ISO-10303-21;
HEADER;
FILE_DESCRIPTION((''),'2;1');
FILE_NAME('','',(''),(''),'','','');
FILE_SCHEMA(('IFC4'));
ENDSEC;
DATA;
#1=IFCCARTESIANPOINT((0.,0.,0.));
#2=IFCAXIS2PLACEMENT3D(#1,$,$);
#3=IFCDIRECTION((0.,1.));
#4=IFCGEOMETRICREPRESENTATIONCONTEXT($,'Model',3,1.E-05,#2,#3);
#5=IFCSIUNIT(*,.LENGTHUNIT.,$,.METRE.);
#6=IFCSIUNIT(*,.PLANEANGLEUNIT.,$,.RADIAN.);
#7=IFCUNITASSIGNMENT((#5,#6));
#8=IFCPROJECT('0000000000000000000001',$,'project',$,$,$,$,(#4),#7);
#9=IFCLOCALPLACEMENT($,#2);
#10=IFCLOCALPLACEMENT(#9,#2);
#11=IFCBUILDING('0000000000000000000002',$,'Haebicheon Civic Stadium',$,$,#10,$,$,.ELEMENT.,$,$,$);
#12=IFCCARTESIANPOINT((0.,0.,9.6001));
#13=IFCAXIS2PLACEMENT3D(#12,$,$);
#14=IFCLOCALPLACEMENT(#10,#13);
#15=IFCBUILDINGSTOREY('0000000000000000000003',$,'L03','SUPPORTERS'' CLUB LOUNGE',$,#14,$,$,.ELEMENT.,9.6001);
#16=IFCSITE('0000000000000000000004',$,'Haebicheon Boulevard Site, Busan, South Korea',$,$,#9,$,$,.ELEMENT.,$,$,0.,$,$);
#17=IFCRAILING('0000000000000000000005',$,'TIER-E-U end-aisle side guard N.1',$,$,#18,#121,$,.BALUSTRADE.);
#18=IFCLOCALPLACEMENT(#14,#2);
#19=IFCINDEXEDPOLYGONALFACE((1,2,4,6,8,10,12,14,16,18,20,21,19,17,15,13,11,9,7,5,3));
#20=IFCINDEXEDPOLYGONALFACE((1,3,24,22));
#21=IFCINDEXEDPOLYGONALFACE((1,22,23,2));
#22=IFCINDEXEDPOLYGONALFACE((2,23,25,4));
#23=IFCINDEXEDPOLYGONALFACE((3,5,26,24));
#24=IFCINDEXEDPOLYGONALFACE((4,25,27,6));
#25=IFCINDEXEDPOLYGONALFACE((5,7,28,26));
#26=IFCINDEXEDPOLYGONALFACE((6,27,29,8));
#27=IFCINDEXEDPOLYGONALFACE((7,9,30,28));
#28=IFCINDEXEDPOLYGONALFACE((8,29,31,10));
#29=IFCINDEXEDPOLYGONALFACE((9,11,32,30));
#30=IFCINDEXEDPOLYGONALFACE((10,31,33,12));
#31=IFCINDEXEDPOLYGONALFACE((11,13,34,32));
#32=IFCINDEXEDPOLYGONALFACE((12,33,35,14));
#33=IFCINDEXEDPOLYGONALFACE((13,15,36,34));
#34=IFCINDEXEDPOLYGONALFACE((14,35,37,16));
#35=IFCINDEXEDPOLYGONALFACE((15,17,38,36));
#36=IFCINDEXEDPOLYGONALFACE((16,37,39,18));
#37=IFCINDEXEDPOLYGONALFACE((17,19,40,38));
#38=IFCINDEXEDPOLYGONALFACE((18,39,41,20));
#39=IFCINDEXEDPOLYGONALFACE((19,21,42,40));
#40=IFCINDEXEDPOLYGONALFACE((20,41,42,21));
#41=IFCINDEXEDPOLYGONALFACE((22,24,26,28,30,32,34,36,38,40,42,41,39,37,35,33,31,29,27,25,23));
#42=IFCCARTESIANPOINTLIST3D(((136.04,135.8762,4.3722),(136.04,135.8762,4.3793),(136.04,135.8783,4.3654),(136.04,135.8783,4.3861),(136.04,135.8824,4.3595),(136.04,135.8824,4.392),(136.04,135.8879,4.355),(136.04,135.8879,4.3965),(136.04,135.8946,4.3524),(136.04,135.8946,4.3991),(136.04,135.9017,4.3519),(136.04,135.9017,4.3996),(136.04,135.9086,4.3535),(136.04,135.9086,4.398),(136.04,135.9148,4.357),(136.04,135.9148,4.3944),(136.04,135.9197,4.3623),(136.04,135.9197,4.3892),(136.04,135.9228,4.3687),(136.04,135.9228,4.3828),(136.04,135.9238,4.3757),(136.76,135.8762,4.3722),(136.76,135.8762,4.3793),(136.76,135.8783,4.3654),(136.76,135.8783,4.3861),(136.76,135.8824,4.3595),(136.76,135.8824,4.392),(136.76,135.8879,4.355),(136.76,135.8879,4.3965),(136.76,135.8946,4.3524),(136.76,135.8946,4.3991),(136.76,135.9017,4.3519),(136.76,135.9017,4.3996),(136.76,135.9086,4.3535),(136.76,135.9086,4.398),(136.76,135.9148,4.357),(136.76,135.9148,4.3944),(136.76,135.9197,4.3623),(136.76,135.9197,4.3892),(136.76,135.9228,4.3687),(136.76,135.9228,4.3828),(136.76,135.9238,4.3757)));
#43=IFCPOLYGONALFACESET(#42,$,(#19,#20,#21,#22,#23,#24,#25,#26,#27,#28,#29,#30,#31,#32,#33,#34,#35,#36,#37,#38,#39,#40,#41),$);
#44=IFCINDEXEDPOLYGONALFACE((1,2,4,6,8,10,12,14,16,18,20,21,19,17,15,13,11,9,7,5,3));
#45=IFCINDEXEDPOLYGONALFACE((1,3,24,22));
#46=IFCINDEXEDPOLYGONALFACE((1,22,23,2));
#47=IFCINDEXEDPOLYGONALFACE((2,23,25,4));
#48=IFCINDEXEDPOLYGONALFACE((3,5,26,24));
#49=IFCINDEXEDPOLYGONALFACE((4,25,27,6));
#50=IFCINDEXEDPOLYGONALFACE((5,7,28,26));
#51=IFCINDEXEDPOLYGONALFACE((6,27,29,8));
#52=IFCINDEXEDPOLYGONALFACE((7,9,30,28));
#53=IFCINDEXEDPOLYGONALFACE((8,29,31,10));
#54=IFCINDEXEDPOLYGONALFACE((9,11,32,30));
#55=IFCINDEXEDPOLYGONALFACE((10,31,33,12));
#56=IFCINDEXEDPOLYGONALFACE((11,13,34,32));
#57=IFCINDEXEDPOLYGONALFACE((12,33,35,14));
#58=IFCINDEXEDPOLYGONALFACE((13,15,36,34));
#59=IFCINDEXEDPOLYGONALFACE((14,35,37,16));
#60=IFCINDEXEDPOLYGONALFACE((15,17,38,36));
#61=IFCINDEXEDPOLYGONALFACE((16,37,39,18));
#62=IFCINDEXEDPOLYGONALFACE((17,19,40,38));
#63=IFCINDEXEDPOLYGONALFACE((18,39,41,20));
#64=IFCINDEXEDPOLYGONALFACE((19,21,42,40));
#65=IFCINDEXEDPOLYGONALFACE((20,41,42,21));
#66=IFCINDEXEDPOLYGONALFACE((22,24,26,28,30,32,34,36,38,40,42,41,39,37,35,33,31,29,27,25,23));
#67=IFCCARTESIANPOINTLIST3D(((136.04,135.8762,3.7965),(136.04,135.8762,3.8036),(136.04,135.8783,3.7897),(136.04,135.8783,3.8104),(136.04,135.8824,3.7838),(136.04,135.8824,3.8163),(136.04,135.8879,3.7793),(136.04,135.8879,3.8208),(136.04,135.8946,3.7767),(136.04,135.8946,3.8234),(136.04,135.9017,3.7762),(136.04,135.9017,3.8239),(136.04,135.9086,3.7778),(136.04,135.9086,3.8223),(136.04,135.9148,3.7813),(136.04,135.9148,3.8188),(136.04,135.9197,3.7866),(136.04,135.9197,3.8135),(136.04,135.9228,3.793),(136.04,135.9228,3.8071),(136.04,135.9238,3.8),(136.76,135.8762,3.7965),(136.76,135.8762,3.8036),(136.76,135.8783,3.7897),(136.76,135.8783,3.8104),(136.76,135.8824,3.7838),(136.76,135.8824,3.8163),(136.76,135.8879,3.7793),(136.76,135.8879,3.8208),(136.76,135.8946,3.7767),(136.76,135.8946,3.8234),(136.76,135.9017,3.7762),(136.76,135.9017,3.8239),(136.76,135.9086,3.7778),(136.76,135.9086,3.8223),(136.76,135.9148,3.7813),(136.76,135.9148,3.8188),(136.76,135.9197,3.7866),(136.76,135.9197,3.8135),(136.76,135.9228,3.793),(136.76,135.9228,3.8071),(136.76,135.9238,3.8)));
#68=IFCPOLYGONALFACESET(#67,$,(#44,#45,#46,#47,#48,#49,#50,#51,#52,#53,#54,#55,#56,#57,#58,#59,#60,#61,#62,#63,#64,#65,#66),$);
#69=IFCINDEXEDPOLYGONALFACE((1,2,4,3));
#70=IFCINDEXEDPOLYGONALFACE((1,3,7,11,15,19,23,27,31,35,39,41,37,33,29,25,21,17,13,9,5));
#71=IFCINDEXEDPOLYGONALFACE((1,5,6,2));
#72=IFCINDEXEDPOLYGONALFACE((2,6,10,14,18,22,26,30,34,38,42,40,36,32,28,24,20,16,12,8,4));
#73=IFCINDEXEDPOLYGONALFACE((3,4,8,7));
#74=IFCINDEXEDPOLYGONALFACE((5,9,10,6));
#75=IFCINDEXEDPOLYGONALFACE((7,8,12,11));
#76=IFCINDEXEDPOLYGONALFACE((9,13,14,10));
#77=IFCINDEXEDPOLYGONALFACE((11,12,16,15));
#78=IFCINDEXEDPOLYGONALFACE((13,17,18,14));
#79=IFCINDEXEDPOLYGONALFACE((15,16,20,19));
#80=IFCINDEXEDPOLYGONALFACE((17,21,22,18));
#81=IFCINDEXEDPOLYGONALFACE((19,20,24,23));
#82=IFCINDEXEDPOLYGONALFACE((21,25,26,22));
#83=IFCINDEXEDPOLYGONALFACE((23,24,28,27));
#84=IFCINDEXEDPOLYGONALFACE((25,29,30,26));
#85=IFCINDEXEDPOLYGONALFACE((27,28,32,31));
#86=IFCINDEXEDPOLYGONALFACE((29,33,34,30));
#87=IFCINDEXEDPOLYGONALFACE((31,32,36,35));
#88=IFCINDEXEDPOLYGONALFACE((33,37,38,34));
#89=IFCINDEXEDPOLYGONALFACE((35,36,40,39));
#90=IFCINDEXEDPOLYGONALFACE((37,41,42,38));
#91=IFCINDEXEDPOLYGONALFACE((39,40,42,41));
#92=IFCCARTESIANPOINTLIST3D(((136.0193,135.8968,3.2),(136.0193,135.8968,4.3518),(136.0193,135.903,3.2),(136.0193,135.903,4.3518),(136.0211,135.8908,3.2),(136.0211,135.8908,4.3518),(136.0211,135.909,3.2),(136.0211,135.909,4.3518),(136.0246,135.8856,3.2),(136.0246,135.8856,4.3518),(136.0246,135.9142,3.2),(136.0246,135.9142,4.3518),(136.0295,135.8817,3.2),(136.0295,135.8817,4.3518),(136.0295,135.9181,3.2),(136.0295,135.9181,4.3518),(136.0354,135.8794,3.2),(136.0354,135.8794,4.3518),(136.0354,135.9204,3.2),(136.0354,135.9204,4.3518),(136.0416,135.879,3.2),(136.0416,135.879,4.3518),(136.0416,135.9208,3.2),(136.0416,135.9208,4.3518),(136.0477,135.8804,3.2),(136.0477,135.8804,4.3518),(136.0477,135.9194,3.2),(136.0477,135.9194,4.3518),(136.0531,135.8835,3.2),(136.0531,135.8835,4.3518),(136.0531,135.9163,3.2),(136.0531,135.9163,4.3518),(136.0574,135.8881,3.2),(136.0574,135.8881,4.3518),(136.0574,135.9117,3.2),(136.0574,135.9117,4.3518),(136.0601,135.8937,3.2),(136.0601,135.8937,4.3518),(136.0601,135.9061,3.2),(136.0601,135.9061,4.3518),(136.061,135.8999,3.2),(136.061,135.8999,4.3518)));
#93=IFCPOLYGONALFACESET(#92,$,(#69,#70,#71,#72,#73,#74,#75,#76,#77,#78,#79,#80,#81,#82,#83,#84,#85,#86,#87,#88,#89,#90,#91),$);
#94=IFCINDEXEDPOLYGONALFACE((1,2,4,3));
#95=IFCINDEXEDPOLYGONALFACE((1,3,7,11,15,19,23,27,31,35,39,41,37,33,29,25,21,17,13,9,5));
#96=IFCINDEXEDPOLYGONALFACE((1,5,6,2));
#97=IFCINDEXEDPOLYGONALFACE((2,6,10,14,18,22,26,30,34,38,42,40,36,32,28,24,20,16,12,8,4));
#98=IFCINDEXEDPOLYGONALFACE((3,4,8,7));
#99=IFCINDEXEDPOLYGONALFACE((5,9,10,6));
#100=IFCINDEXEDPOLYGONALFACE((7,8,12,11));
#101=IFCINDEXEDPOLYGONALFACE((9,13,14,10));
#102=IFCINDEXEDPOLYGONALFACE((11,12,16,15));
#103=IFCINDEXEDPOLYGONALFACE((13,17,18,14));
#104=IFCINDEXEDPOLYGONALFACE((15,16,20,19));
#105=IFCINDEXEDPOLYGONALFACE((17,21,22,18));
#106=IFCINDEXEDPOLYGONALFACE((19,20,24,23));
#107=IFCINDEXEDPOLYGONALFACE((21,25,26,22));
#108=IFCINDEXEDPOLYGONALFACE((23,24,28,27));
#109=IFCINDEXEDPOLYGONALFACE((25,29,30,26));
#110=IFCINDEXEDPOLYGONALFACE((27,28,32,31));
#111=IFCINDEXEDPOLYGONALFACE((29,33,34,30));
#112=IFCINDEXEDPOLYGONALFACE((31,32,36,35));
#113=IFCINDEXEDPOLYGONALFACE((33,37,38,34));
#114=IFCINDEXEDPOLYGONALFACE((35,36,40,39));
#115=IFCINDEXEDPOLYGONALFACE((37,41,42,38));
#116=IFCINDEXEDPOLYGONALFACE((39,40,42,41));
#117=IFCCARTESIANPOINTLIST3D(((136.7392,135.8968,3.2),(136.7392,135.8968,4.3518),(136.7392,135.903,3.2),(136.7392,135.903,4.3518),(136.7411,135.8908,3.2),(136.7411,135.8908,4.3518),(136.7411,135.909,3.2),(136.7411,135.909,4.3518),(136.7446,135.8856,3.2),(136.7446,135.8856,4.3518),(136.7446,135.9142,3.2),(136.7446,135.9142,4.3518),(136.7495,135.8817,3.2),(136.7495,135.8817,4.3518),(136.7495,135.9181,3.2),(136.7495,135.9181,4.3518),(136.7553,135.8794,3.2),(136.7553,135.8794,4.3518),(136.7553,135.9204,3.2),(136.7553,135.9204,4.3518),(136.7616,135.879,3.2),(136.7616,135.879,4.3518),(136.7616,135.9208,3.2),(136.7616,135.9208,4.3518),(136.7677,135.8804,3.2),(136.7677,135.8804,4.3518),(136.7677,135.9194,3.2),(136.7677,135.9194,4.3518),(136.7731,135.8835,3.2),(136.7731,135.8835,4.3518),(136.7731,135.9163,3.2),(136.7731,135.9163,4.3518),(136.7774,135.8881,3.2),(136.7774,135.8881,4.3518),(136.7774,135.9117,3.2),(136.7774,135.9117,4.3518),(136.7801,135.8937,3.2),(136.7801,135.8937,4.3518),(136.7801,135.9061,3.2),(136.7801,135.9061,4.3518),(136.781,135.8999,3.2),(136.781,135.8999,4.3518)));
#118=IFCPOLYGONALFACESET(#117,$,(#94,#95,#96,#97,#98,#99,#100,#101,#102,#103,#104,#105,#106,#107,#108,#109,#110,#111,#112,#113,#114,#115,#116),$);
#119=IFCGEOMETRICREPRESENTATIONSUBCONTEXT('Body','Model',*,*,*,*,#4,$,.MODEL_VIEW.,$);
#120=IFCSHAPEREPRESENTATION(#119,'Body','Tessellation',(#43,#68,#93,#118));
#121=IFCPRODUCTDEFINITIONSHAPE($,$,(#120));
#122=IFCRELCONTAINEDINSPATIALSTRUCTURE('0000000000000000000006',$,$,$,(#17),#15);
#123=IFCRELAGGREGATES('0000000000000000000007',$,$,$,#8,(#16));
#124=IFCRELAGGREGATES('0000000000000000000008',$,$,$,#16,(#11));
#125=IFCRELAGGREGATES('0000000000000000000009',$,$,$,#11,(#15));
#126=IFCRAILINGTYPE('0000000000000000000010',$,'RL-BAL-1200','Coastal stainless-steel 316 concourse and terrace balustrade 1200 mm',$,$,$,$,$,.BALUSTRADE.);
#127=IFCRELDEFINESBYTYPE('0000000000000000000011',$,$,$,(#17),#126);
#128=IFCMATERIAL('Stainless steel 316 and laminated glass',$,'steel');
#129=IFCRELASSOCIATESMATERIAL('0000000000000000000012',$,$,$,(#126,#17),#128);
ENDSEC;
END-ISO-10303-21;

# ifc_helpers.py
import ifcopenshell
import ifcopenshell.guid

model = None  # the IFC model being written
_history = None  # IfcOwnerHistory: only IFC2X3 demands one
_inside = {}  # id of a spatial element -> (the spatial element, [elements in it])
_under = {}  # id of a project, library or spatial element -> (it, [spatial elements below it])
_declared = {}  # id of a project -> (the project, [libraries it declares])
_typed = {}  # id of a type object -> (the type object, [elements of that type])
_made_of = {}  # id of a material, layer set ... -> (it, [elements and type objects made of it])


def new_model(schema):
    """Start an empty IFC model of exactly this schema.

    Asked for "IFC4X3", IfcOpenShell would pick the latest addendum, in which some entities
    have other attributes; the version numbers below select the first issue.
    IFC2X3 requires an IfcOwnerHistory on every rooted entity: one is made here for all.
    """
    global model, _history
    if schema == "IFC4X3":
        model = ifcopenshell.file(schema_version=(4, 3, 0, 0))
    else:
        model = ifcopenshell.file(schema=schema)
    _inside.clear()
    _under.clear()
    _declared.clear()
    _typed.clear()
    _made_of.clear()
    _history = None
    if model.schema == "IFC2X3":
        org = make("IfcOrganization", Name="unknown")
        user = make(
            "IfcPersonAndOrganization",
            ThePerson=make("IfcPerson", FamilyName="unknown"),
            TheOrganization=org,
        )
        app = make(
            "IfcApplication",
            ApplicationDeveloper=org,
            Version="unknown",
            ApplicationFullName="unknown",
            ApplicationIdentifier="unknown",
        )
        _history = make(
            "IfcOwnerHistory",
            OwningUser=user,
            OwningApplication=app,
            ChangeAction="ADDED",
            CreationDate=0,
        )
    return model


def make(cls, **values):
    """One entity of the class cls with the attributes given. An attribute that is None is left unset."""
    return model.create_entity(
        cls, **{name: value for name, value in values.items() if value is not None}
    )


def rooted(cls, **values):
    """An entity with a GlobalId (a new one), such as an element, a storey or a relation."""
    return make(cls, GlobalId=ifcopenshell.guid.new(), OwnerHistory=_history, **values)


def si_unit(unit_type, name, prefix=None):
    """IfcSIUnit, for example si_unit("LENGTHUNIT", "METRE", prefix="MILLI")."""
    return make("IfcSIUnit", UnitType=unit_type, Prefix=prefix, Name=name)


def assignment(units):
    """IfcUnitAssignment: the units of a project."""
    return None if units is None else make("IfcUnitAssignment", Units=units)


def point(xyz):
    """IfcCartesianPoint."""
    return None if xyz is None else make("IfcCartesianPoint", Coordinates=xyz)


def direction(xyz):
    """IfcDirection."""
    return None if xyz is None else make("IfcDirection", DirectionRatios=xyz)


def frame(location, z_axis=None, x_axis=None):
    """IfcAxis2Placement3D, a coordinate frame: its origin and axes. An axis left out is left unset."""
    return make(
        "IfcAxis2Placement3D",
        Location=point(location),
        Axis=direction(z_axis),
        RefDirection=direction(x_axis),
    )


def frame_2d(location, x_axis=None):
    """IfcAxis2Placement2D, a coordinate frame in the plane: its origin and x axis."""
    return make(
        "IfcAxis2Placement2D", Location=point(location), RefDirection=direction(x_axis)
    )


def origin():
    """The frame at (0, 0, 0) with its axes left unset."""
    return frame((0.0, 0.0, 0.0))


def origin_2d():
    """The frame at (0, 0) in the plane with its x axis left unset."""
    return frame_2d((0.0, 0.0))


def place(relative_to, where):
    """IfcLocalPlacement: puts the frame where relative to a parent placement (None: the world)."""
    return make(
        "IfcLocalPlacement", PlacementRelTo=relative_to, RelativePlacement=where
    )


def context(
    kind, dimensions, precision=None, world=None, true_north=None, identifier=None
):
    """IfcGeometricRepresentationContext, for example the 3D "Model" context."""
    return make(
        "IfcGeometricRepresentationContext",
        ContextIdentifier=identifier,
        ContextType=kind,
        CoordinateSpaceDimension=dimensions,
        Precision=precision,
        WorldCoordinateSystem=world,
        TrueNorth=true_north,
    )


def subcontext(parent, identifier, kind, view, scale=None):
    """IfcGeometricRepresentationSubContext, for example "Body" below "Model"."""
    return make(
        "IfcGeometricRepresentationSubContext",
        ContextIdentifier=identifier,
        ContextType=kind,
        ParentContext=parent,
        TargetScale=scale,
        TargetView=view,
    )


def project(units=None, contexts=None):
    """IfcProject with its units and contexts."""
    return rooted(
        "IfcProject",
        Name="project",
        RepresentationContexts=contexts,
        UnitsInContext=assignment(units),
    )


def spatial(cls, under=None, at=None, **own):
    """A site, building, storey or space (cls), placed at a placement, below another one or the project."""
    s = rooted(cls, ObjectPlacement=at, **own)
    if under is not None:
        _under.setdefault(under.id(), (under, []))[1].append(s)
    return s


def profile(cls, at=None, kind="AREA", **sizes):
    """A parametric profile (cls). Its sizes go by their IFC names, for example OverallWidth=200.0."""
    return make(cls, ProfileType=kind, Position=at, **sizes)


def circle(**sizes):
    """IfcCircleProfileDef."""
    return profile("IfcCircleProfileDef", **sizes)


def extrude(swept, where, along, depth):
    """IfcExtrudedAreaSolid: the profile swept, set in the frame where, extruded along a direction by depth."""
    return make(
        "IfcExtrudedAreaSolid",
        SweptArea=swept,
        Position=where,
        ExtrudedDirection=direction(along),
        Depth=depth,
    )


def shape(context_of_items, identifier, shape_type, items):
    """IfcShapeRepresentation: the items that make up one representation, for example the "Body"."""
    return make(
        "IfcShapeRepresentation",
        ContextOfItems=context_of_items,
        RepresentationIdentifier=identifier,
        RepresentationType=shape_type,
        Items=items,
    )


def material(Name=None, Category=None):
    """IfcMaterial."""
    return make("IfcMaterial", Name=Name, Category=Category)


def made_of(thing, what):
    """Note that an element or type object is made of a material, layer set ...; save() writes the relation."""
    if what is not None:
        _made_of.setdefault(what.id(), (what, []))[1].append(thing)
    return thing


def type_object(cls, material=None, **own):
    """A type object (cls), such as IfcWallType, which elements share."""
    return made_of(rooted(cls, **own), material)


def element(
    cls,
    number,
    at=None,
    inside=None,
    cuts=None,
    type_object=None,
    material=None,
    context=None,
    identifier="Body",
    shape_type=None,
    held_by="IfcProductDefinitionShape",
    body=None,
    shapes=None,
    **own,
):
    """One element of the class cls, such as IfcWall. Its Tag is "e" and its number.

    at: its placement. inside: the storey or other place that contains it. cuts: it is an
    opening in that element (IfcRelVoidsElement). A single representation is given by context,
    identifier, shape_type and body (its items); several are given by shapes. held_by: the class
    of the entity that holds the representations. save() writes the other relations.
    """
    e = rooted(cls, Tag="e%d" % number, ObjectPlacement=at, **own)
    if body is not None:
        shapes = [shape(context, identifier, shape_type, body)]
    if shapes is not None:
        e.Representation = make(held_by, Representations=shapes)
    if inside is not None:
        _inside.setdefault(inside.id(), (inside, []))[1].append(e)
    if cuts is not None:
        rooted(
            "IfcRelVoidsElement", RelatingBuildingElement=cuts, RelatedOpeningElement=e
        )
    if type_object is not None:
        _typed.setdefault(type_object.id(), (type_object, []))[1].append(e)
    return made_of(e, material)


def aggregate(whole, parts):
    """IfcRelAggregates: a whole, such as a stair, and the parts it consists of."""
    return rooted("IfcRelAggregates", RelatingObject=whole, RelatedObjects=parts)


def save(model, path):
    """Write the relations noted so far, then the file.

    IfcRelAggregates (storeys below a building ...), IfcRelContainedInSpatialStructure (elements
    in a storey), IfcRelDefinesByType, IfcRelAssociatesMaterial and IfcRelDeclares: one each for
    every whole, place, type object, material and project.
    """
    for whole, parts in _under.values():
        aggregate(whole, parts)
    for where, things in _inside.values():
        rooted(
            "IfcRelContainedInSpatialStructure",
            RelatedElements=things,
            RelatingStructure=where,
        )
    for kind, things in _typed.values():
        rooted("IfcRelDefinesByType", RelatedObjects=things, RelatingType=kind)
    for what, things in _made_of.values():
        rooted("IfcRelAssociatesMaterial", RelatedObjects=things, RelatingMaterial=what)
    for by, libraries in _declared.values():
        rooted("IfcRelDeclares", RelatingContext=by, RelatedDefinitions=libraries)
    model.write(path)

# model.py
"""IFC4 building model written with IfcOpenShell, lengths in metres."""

from ifc_helpers import new_model, si_unit, direction, frame, origin, origin_2d, place, context, subcontext, project, spatial, circle, extrude, material, type_object, element, save


model = new_model("IFC4")

# Units and contexts
model_context = context("Model", 3, precision=1e-05, world=origin(), true_north=direction((0.0, 1.0)))
body_context = subcontext(model_context, "Body", "Model", "MODEL_VIEW")
ifc_project = project(units=[si_unit("LENGTHUNIT", "METRE"), si_unit("PLANEANGLEUNIT", "RADIAN")], contexts=[model_context])

# Site, building, storey
site_placement = place(None, origin())
site = spatial("IfcSite", under=ifc_project, at=site_placement, Name="Haebicheon Boulevard Site, Busan, South Korea", CompositionType="ELEMENT", RefElevation=0.0)
building_placement = place(site_placement, origin())
building = spatial("IfcBuilding", under=site, at=building_placement, Name="Haebicheon Civic Stadium", CompositionType="ELEMENT")
storey_placement = place(building_placement, frame((0.0, 0.0, 9.6001)))
storey = spatial("IfcBuildingStorey", under=building, at=storey_placement, Name="L03", Description="SUPPORTERS' CLUB LOUNGE", CompositionType="ELEMENT", Elevation=9.6001)

# Railing
ifc_material_1 = material(Name="Stainless steel 316 and laminated glass", Category="steel")
railing_type = type_object("IfcRailingType", Name="RL-BAL-1200", Description="Coastal stainless-steel 316 concourse and terrace balustrade 1200 mm", PredefinedType="BALUSTRADE", material=ifc_material_1)
for number, where, name in (
    (1, (136.04, 135.8999, 3.2), "TIER-E-U end-aisle side guard N.1"),
):
    element("IfcRailing", number, at=place(storey_placement, frame(where)), inside=storey, type_object=railing_type, material=ifc_material_1, Name=name, PredefinedType="BALUSTRADE", context=body_context, shape_type="SweptSolid", body=[
        extrude(circle(Radius=0.0239, at=origin_2d()), frame((0.0, 0.0, 1.1758), z_axis=(1.0, 0.0, 0.0), x_axis=(0.0, 1.0, 0.0)), (0.0, 0.0, 1.0), 0.72),
        extrude(circle(Radius=0.0239, at=origin_2d()), frame((0.0, 0.0, 0.6001), z_axis=(1.0, 0.0, 0.0), x_axis=(0.0, 1.0, 0.0)), (0.0, 0.0, 1.0), 0.72),
        extrude(circle(Radius=0.021, at=origin_2d()), origin(), (0.0, 0.0, 1.0), 1.1519),
        extrude(circle(Radius=0.021, at=origin_2d()), frame((0.72, 0.0, 0.0)), (0.0, 0.0, 1.0), 1.1519),
    ])

save(model, "model.ifc")
